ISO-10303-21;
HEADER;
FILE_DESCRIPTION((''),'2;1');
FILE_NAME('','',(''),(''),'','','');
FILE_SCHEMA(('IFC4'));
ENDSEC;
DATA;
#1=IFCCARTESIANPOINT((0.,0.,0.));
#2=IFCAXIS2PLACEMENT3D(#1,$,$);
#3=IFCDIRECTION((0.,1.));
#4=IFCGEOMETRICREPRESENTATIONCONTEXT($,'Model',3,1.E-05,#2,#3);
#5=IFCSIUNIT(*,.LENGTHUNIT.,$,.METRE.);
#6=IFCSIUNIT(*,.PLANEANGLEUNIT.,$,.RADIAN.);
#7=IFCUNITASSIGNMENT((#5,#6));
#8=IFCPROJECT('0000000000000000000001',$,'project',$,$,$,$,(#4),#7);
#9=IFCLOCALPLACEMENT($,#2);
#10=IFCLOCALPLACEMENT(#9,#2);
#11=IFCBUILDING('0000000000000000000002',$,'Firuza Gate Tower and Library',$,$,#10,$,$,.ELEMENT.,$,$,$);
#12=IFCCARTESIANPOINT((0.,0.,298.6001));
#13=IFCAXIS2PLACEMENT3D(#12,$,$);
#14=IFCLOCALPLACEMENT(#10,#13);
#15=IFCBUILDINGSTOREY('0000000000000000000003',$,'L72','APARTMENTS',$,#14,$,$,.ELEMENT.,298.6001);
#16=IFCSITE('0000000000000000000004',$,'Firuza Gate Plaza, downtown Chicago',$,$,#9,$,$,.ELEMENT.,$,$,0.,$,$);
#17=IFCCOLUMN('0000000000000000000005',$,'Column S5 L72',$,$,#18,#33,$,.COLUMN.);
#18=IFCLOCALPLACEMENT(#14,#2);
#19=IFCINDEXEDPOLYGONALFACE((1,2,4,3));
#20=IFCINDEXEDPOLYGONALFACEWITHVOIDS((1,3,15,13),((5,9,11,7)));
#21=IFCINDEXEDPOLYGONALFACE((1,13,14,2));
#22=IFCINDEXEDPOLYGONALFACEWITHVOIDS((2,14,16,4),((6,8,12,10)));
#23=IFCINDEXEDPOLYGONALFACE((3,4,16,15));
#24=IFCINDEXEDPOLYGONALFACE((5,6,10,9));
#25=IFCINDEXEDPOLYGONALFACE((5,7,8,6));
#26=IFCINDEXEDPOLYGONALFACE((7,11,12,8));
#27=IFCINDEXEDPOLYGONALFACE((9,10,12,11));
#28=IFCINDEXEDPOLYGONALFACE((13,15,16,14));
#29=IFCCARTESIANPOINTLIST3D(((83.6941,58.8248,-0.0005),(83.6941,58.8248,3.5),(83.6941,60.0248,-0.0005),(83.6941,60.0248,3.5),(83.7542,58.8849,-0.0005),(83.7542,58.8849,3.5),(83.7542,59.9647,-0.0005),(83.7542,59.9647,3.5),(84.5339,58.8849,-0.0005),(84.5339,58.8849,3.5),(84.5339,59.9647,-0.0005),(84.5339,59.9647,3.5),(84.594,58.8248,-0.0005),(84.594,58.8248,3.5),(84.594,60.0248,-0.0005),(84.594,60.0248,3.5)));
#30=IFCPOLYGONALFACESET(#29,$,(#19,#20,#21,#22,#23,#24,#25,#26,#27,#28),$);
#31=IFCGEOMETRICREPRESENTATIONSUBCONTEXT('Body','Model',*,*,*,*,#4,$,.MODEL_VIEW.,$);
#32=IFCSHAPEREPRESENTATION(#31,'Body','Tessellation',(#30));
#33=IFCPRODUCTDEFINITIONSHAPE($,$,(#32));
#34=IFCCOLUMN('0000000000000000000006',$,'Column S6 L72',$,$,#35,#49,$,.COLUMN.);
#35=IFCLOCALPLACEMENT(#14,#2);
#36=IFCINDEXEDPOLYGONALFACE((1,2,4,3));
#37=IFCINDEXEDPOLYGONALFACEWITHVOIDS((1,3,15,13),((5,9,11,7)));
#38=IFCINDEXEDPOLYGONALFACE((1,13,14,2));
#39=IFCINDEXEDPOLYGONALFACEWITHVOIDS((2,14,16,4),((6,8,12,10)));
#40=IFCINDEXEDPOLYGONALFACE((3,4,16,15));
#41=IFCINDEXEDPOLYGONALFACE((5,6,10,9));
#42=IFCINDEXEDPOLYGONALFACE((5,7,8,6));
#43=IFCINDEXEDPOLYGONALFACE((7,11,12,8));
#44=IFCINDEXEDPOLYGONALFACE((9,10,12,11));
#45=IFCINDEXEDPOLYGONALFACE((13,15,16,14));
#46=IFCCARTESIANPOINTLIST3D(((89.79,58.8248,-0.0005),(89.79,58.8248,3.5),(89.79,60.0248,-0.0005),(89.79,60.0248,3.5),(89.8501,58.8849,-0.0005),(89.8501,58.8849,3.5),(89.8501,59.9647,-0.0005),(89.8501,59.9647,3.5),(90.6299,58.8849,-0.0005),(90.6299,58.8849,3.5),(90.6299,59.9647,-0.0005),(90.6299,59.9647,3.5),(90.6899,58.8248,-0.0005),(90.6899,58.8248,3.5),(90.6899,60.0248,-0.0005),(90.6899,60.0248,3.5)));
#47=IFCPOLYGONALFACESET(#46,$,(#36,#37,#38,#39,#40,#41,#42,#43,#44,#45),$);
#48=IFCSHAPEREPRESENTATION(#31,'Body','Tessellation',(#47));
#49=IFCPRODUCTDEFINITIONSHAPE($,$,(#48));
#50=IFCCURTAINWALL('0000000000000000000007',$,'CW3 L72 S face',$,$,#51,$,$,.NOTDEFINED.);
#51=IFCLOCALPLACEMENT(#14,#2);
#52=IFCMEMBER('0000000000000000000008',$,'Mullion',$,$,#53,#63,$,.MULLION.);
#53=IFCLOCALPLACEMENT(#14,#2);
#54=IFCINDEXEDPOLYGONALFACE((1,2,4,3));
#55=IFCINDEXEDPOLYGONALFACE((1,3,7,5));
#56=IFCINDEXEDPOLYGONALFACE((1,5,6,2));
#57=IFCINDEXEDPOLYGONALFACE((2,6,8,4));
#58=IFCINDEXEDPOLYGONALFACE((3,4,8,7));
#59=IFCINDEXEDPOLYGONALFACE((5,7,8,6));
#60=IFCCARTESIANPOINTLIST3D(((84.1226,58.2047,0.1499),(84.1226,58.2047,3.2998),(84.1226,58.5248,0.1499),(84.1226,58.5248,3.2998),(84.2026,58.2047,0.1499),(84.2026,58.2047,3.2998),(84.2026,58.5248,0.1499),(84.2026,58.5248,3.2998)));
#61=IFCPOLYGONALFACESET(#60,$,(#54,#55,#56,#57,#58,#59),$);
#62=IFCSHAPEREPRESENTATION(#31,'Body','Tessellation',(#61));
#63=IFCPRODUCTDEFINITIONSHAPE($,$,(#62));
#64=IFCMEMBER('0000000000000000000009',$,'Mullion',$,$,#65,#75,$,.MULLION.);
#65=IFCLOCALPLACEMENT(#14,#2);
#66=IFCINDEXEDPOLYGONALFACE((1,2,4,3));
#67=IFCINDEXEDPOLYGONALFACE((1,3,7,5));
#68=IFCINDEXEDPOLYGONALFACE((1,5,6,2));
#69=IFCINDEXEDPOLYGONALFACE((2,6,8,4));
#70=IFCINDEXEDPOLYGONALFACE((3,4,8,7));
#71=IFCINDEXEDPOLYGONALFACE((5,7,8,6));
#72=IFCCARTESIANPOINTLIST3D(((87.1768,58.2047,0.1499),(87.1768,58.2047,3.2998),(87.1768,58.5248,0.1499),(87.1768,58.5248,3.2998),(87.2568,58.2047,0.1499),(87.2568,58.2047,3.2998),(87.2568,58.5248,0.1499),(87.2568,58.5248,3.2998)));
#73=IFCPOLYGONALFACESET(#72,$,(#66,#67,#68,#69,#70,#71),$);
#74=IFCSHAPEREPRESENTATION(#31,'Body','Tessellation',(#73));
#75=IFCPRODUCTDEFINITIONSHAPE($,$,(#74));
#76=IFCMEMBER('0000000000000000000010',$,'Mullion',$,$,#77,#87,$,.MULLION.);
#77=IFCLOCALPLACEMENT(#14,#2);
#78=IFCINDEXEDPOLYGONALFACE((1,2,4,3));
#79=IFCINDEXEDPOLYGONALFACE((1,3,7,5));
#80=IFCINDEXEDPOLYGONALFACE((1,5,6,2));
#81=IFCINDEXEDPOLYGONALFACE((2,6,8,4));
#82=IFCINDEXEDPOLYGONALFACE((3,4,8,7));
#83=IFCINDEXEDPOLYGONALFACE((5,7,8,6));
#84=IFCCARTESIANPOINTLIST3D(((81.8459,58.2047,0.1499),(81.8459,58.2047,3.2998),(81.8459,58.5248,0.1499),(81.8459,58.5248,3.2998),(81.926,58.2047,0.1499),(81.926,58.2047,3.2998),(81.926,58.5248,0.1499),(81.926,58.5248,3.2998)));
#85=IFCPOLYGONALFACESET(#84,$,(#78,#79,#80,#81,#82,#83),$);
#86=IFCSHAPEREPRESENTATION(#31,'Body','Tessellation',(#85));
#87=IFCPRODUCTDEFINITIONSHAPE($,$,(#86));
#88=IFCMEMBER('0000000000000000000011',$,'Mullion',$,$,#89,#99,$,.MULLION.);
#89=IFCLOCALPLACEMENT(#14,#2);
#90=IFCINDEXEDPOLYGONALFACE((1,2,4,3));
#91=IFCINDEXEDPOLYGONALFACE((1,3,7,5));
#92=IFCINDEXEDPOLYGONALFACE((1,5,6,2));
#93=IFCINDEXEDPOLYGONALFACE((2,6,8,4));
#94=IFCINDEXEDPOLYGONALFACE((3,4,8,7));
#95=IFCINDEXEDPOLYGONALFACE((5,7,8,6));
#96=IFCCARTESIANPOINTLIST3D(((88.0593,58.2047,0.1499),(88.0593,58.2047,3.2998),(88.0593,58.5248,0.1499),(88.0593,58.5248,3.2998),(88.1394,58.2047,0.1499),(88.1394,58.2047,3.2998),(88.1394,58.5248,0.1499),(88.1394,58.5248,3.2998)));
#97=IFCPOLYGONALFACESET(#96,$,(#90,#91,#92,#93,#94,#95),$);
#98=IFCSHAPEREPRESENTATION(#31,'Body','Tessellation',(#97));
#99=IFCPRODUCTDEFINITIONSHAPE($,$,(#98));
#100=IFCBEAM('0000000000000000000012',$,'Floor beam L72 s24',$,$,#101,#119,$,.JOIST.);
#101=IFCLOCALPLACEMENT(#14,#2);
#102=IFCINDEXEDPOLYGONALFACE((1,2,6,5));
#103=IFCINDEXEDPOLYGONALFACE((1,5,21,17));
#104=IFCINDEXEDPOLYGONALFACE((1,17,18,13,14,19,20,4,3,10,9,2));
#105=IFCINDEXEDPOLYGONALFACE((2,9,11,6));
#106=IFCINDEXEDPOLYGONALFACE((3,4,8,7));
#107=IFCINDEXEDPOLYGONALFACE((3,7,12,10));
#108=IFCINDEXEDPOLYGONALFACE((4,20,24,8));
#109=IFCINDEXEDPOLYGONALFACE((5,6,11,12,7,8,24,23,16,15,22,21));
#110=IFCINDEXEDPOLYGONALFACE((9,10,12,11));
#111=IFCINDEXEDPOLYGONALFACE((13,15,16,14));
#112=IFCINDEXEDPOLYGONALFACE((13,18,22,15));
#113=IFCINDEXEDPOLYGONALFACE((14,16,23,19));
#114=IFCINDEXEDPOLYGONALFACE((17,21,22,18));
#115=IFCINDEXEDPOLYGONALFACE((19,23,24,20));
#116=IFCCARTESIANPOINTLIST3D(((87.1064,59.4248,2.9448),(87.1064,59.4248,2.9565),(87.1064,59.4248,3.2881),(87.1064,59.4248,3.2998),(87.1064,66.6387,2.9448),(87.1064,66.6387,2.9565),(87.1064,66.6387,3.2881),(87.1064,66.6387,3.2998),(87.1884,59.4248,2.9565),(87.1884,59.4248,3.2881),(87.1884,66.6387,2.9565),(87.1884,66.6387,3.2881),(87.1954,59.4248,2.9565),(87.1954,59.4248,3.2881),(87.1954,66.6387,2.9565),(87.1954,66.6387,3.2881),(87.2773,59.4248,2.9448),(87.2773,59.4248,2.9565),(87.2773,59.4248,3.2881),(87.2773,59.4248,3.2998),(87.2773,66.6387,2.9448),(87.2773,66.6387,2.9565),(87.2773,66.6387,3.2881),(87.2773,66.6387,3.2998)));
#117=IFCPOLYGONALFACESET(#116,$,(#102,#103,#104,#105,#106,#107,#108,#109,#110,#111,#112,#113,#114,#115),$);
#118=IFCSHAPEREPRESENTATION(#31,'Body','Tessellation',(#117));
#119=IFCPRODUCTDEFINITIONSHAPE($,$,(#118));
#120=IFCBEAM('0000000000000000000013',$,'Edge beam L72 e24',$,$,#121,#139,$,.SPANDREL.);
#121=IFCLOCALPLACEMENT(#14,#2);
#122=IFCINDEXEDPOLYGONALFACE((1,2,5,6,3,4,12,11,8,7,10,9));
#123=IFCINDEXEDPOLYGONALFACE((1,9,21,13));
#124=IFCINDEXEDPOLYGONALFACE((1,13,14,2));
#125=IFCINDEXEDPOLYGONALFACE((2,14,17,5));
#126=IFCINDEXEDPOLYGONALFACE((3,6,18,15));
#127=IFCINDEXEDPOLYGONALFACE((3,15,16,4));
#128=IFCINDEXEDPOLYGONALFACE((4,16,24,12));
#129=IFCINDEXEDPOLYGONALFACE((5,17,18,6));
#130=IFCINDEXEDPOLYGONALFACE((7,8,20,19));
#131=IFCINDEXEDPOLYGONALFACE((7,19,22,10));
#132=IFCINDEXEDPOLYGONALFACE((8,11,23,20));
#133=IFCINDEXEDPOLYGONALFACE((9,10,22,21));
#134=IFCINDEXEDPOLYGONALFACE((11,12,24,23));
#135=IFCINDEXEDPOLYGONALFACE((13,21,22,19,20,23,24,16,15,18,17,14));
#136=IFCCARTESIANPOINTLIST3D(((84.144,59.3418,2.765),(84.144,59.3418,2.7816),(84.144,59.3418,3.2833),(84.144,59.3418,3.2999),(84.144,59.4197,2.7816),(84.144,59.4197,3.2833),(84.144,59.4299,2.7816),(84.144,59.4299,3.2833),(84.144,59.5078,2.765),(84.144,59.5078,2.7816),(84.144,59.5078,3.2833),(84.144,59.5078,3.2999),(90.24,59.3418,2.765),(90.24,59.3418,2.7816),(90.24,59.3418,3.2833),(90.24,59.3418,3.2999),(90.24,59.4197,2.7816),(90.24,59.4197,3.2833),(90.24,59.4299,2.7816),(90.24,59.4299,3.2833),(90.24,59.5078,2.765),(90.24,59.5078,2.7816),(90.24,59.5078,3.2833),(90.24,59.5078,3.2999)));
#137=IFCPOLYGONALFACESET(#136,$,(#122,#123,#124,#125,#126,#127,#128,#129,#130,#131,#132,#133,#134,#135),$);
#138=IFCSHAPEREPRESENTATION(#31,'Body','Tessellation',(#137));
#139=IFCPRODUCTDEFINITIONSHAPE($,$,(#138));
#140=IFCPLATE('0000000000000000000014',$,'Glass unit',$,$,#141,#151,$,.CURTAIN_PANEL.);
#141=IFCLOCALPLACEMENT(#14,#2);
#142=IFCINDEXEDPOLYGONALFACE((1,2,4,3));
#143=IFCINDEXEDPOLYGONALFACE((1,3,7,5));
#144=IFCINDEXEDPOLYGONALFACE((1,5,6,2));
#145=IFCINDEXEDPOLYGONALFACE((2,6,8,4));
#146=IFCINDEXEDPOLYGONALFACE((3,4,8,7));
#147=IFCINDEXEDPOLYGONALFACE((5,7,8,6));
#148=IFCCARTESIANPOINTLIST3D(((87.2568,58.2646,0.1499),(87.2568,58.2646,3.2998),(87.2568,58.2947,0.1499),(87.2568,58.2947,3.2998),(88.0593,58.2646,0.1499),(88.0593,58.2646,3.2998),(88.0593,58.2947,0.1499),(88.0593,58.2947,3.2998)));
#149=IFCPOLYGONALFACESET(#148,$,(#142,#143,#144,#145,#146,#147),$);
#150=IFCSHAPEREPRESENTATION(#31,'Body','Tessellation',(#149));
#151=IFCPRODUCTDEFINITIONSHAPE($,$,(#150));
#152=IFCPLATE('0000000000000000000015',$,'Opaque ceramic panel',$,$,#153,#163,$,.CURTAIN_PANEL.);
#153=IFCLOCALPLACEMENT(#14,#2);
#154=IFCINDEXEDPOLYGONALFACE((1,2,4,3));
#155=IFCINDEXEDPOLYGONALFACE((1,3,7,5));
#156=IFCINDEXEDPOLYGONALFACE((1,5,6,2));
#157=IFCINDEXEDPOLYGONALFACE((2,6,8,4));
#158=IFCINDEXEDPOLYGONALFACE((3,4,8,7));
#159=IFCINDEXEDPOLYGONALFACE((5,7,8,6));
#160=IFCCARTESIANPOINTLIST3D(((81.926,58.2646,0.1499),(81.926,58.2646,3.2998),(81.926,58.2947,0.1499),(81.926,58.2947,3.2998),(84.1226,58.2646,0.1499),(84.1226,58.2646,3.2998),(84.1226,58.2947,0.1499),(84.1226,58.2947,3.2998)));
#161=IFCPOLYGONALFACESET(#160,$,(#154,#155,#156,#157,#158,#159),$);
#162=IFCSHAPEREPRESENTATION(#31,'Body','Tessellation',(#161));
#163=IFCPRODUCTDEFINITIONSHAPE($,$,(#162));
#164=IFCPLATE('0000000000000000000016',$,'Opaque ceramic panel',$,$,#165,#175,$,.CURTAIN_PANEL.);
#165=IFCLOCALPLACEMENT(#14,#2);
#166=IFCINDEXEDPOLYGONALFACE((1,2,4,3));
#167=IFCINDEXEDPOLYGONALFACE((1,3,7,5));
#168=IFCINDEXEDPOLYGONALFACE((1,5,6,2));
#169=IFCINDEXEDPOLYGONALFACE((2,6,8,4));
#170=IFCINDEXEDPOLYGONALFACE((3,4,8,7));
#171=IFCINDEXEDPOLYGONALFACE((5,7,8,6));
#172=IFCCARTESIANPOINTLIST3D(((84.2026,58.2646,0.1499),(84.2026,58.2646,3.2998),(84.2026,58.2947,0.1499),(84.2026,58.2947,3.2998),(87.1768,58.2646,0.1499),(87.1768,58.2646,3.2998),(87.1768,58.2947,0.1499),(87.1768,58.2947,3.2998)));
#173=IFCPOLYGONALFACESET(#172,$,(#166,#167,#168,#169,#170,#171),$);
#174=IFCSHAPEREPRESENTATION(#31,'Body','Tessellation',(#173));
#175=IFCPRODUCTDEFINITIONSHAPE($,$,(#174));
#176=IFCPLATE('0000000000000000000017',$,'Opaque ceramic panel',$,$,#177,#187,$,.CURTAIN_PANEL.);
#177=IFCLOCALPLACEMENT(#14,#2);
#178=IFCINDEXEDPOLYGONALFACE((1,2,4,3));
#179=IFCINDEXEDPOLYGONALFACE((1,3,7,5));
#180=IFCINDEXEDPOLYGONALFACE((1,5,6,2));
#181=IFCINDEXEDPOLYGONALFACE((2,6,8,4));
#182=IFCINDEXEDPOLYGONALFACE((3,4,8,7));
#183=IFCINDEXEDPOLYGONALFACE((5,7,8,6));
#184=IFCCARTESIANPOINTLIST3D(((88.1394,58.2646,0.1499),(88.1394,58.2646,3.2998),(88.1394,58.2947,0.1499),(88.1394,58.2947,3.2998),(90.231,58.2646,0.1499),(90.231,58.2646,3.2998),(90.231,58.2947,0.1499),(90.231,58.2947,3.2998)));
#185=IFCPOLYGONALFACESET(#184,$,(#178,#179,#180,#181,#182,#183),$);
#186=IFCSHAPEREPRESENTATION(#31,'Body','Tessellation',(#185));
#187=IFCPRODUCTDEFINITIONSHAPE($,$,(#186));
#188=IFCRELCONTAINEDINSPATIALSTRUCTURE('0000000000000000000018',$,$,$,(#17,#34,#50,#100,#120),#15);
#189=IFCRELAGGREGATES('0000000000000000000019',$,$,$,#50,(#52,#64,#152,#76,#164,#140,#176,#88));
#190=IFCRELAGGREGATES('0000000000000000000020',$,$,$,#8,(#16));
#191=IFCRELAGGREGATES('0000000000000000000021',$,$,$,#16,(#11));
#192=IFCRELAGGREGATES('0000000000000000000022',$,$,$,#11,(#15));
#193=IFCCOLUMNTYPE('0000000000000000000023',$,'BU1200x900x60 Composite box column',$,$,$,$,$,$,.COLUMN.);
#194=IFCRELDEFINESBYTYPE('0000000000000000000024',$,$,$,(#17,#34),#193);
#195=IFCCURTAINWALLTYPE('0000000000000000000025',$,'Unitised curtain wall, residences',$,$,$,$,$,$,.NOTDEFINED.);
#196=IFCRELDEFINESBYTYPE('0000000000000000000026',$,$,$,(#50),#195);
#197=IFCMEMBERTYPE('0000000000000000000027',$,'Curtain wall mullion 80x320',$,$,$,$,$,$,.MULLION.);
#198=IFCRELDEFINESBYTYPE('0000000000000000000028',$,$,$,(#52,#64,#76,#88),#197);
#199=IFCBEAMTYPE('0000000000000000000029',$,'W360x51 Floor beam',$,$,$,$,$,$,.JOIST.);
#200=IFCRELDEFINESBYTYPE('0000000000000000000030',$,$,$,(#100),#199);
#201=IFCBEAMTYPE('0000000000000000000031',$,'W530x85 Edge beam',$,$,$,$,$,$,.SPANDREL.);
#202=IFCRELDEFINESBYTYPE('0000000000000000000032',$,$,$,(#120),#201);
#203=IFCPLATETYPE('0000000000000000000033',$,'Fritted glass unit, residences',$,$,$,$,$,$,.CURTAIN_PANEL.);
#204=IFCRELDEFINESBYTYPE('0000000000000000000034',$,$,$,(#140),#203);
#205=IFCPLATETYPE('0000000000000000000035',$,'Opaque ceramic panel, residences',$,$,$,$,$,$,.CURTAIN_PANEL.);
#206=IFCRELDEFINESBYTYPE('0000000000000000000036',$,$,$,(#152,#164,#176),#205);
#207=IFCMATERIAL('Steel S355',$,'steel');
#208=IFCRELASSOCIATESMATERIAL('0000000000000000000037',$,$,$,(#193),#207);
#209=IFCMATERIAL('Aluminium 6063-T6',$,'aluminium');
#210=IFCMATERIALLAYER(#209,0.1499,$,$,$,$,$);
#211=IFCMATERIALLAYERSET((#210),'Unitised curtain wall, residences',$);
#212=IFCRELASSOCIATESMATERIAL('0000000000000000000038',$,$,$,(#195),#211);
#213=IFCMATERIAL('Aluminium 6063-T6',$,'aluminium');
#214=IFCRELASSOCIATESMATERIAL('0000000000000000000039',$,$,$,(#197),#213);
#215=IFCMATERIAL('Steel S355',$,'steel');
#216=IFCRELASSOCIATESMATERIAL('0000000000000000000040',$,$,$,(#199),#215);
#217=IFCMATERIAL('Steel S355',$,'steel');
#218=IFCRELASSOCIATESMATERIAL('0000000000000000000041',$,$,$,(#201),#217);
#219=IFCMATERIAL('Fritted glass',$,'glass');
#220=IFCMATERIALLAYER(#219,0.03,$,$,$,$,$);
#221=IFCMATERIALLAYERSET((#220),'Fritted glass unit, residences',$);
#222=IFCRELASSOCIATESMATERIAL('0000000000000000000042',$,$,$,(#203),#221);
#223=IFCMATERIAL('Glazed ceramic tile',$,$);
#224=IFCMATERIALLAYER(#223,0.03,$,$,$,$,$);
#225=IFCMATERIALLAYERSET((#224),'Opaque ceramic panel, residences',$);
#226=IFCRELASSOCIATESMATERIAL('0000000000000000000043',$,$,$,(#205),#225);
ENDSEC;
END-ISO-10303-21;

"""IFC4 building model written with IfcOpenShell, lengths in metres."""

from ifc_helpers import new_model, si_unit, direction, frame, origin, origin_2d, place, context, subcontext, project, spatial, polyline, rectangle, hollow_rectangle, i_section, outline, extrude, material, layer, layer_set, material_profile, profile_set, type_object, element, aggregate, save


model = new_model("IFC4")

# Units and contexts
model_context = context("Model", 3, precision=1e-05, world=origin(), true_north=direction((0.0, 1.0)))
body_context = subcontext(model_context, "Body", "Model", "MODEL_VIEW")
ifc_project = project(units=[si_unit("LENGTHUNIT", "METRE"), si_unit("PLANEANGLEUNIT", "RADIAN")], contexts=[model_context])

# Site, building, storey
site_placement = place(None, origin())
site = spatial("IfcSite", under=ifc_project, at=site_placement, Name="Firuza Gate Plaza, downtown Chicago", CompositionType="ELEMENT", RefElevation=0.0)
building_placement = place(site_placement, origin())
building = spatial("IfcBuilding", under=site, at=building_placement, Name="Firuza Gate Tower and Library", CompositionType="ELEMENT")
storey_placement = place(building_placement, frame((0.0, 0.0, 298.6001)))
storey = spatial("IfcBuildingStorey", under=building, at=storey_placement, Name="L72", Description="APARTMENTS", CompositionType="ELEMENT", Elevation=298.6001)

# Columns
ifc_material_1 = material(Name="Steel S355", Category="steel")
ifc_material_profile_1 = material_profile(ifc_material_1, hollow_rectangle(XDim=0.8999, YDim=1.2, WallThickness=0.0601, at=origin_2d()))
ifc_profile_set_1 = profile_set([ifc_material_profile_1], Name="Steel S355")
column_type = type_object("IfcColumnType", Name="BU1200x900x60 Composite box column", PredefinedType="COLUMN", material=ifc_profile_set_1)
for number, where, z_axis, x_axis, name in (
    (1, (84.144, 59.4248, -0.0005), (0.0, 0.0, 1.0), (1.0, 0.0, 0.0), "Column S5 L72"),
    (2, (90.24, 59.4248, -0.0005), (0.0, 0.0, 1.0), (1.0, 0.0, 0.0), "Column S6 L72"),
):
    element("IfcColumn", number, at=place(storey_placement, frame(where, z_axis=z_axis, x_axis=x_axis)), inside=storey, type_object=column_type, Name=name, PredefinedType="COLUMN", context=body_context, shape_type="SweptSolid", body=[
        extrude(hollow_rectangle(XDim=0.8999, YDim=1.2, WallThickness=0.0601, at=origin_2d()), origin(), (0.0, 0.0, 1.0), 3.5005),
    ])

# Curtain wall, members
ifc_material_2 = material(Name="Aluminium 6063-T6", Category="aluminium")
ifc_layer_1 = layer(ifc_material_2, 0.1499)
ifc_layer_set_1 = layer_set([ifc_layer_1], Name="Unitised curtain wall, residences")
curtain_wall_type = type_object("IfcCurtainWallType", Name="Unitised curtain wall, residences", PredefinedType="NOTDEFINED", material=ifc_layer_set_1)
curtain_wall_placement = place(storey_placement, origin())
curtain_wall = element("IfcCurtainWall", 3, at=curtain_wall_placement, inside=storey, type_object=curtain_wall_type, Name="CW3 L72 S face", PredefinedType="NOTDEFINED")
ifc_material_3 = material(Name="Aluminium 6063-T6", Category="aluminium")
ifc_material_profile_2 = material_profile(ifc_material_3, rectangle(XDim=0.3201, YDim=0.0801, at=origin_2d()))
ifc_profile_set_2 = profile_set([ifc_material_profile_2], Name="Aluminium 6063-T6")
member_type = type_object("IfcMemberType", Name="Curtain wall mullion 80x320", PredefinedType="MULLION", material=ifc_profile_set_2)
member_1_placement = place(storey_placement, frame((84.1626, 58.3647, 0.1499), z_axis=(0.0, 0.0, 1.0), x_axis=(0.0, 1.0, 0.0)))
member_1 = element("IfcMember", 4, at=member_1_placement, type_object=member_type, Name="Mullion", PredefinedType="MULLION", context=body_context, shape_type="SweptSolid", body=[
    extrude(rectangle(XDim=0.3201, YDim=0.0801, at=origin_2d()), origin(), (0.0, 0.0, 1.0), 3.1499),
])
member_2_placement = place(storey_placement, frame((87.2168, 58.3647, 0.1499), z_axis=(0.0, 0.0, 1.0), x_axis=(0.0, 1.0, 0.0)))
member_2 = element("IfcMember", 5, at=member_2_placement, type_object=member_type, Name="Mullion", PredefinedType="MULLION", context=body_context, shape_type="SweptSolid", body=[
    extrude(rectangle(XDim=0.3201, YDim=0.0801, at=origin_2d()), origin(), (0.0, 0.0, 1.0), 3.1499),
])
member_3_placement = place(storey_placement, frame((81.886, 58.3647, 0.1499), z_axis=(0.0, 0.0, 1.0), x_axis=(0.0, 1.0, 0.0)))
member_3 = element("IfcMember", 6, at=member_3_placement, type_object=member_type, Name="Mullion", PredefinedType="MULLION", context=body_context, shape_type="SweptSolid", body=[
    extrude(rectangle(XDim=0.3201, YDim=0.0801, at=origin_2d()), origin(), (0.0, 0.0, 1.0), 3.1499),
])
member_4_placement = place(storey_placement, frame((88.0994, 58.3647, 0.1499), z_axis=(0.0, 0.0, 1.0), x_axis=(0.0, 1.0, 0.0)))
member_4 = element("IfcMember", 7, at=member_4_placement, type_object=member_type, Name="Mullion", PredefinedType="MULLION", context=body_context, shape_type="SweptSolid", body=[
    extrude(rectangle(XDim=0.3201, YDim=0.0801, at=origin_2d()), origin(), (0.0, 0.0, 1.0), 3.1499),
])

# Beams
ifc_material_4 = material(Name="Steel S355", Category="steel")
ifc_material_profile_3 = material_profile(ifc_material_4, i_section(OverallWidth=0.1709, OverallDepth=0.355, WebThickness=0.0071, FlangeThickness=0.0117, at=origin_2d()))
ifc_profile_set_3 = profile_set([ifc_material_profile_3], Name="Steel S355")
beam_type_1 = type_object("IfcBeamType", Name="W360x51 Floor beam", PredefinedType="JOIST", material=ifc_profile_set_3)
beam_1_placement = place(storey_placement, frame((87.1919, 59.4248, 3.1223), z_axis=(0.0, 1.0, 0.0), x_axis=(-1.0, 0.0, 0.0)))
element("IfcBeam", 8, at=beam_1_placement, inside=storey, type_object=beam_type_1, Name="Floor beam L72 s24", PredefinedType="JOIST", context=body_context, shape_type="SweptSolid", body=[
    extrude(i_section(OverallWidth=0.1709, OverallDepth=0.355, WebThickness=0.0071, FlangeThickness=0.0117, at=origin_2d()), origin(), (0.0, 0.0, 1.0), 7.2139),
])
ifc_material_5 = material(Name="Steel S355", Category="steel")
ifc_material_profile_4 = material_profile(ifc_material_5, i_section(OverallWidth=0.166, OverallDepth=0.5349, WebThickness=0.0103, FlangeThickness=0.0166, at=origin_2d()))
ifc_profile_set_4 = profile_set([ifc_material_profile_4], Name="Steel S355")
beam_type_2 = type_object("IfcBeamType", Name="W530x85 Edge beam", PredefinedType="SPANDREL", material=ifc_profile_set_4)
beam_2_placement = place(storey_placement, frame((84.144, 59.4248, 3.0325), z_axis=(1.0, 0.0, 0.0), x_axis=(0.0, 1.0, 0.0)))
element("IfcBeam", 9, at=beam_2_placement, inside=storey, type_object=beam_type_2, Name="Edge beam L72 e24", PredefinedType="SPANDREL", context=body_context, shape_type="SweptSolid", body=[
    extrude(i_section(OverallWidth=0.166, OverallDepth=0.5349, WebThickness=0.0103, FlangeThickness=0.0166, at=origin_2d()), origin(), (0.0, 0.0, 1.0), 6.0959),
])

# Plates
ifc_material_6 = material(Name="Fritted glass", Category="glass")
ifc_layer_2 = layer(ifc_material_6, 0.03)
ifc_layer_set_2 = layer_set([ifc_layer_2], Name="Fritted glass unit, residences")
plate_type_1 = type_object("IfcPlateType", Name="Fritted glass unit, residences", PredefinedType="CURTAIN_PANEL", material=ifc_layer_set_2)
plate_1_placement = place(storey_placement, frame((87.2568, 58.2646, 0.1499), z_axis=(0.0, -1.0, 0.0), x_axis=(1.0, 0.0, 0.0)))
plate_1 = element("IfcPlate", 10, at=plate_1_placement, type_object=plate_type_1, Name="Glass unit", PredefinedType="CURTAIN_PANEL", context=body_context, shape_type="SweptSolid", body=[
    extrude(outline(polyline([(0.0, 0.0), (0.8025, 0.0), (0.8025, 3.1499), (0.0, 3.1499), (0.0, 0.0)])), origin(), (0.0, 0.0, -1.0), 0.03),
])
ifc_material_7 = material(Name="Glazed ceramic tile")
ifc_layer_3 = layer(ifc_material_7, 0.03)
ifc_layer_set_3 = layer_set([ifc_layer_3], Name="Opaque ceramic panel, residences")
plate_type_2 = type_object("IfcPlateType", Name="Opaque ceramic panel, residences", PredefinedType="CURTAIN_PANEL", material=ifc_layer_set_3)
plate_2_placement = place(storey_placement, frame((81.926, 58.2646, 0.1499), z_axis=(0.0, -1.0, 0.0), x_axis=(1.0, 0.0, 0.0)))
plate_2 = element("IfcPlate", 11, at=plate_2_placement, type_object=plate_type_2, Name="Opaque ceramic panel", PredefinedType="CURTAIN_PANEL", context=body_context, shape_type="SweptSolid", body=[
    extrude(outline(polyline([(0.0, 0.0), (2.1965, 0.0), (2.1965, 3.1499), (0.0, 3.1499), (0.0, 0.0)])), origin(), (0.0, 0.0, -1.0), 0.03),
])
plate_3_placement = place(storey_placement, frame((84.2026, 58.2646, 0.1499), z_axis=(0.0, -1.0, 0.0), x_axis=(1.0, 0.0, 0.0)))
plate_3 = element("IfcPlate", 12, at=plate_3_placement, type_object=plate_type_2, Name="Opaque ceramic panel", PredefinedType="CURTAIN_PANEL", context=body_context, shape_type="SweptSolid", body=[
    extrude(outline(polyline([(0.0, 0.0), (2.9741, 0.0), (2.9741, 3.1499), (0.0, 3.1499), (0.0, 0.0)])), origin(), (0.0, 0.0, -1.0), 0.03),
])
plate_4_placement = place(storey_placement, frame((88.1394, 58.2646, 0.1499), z_axis=(0.0, -1.0, 0.0), x_axis=(1.0, 0.0, 0.0)))
plate_4 = element("IfcPlate", 13, at=plate_4_placement, type_object=plate_type_2, Name="Opaque ceramic panel", PredefinedType="CURTAIN_PANEL", context=body_context, shape_type="SweptSolid", body=[
    extrude(outline(polyline([(0.0, 0.0), (2.0916, 0.0), (2.0916, 3.1499), (0.0, 3.1499), (0.0, 0.0)])), origin(), (0.0, 0.0, -1.0), 0.03),
])
aggregate(curtain_wall, [member_1, member_2, plate_2, member_3, plate_3, plate_1, plate_4, member_4])

save(model, "model.ifc")
